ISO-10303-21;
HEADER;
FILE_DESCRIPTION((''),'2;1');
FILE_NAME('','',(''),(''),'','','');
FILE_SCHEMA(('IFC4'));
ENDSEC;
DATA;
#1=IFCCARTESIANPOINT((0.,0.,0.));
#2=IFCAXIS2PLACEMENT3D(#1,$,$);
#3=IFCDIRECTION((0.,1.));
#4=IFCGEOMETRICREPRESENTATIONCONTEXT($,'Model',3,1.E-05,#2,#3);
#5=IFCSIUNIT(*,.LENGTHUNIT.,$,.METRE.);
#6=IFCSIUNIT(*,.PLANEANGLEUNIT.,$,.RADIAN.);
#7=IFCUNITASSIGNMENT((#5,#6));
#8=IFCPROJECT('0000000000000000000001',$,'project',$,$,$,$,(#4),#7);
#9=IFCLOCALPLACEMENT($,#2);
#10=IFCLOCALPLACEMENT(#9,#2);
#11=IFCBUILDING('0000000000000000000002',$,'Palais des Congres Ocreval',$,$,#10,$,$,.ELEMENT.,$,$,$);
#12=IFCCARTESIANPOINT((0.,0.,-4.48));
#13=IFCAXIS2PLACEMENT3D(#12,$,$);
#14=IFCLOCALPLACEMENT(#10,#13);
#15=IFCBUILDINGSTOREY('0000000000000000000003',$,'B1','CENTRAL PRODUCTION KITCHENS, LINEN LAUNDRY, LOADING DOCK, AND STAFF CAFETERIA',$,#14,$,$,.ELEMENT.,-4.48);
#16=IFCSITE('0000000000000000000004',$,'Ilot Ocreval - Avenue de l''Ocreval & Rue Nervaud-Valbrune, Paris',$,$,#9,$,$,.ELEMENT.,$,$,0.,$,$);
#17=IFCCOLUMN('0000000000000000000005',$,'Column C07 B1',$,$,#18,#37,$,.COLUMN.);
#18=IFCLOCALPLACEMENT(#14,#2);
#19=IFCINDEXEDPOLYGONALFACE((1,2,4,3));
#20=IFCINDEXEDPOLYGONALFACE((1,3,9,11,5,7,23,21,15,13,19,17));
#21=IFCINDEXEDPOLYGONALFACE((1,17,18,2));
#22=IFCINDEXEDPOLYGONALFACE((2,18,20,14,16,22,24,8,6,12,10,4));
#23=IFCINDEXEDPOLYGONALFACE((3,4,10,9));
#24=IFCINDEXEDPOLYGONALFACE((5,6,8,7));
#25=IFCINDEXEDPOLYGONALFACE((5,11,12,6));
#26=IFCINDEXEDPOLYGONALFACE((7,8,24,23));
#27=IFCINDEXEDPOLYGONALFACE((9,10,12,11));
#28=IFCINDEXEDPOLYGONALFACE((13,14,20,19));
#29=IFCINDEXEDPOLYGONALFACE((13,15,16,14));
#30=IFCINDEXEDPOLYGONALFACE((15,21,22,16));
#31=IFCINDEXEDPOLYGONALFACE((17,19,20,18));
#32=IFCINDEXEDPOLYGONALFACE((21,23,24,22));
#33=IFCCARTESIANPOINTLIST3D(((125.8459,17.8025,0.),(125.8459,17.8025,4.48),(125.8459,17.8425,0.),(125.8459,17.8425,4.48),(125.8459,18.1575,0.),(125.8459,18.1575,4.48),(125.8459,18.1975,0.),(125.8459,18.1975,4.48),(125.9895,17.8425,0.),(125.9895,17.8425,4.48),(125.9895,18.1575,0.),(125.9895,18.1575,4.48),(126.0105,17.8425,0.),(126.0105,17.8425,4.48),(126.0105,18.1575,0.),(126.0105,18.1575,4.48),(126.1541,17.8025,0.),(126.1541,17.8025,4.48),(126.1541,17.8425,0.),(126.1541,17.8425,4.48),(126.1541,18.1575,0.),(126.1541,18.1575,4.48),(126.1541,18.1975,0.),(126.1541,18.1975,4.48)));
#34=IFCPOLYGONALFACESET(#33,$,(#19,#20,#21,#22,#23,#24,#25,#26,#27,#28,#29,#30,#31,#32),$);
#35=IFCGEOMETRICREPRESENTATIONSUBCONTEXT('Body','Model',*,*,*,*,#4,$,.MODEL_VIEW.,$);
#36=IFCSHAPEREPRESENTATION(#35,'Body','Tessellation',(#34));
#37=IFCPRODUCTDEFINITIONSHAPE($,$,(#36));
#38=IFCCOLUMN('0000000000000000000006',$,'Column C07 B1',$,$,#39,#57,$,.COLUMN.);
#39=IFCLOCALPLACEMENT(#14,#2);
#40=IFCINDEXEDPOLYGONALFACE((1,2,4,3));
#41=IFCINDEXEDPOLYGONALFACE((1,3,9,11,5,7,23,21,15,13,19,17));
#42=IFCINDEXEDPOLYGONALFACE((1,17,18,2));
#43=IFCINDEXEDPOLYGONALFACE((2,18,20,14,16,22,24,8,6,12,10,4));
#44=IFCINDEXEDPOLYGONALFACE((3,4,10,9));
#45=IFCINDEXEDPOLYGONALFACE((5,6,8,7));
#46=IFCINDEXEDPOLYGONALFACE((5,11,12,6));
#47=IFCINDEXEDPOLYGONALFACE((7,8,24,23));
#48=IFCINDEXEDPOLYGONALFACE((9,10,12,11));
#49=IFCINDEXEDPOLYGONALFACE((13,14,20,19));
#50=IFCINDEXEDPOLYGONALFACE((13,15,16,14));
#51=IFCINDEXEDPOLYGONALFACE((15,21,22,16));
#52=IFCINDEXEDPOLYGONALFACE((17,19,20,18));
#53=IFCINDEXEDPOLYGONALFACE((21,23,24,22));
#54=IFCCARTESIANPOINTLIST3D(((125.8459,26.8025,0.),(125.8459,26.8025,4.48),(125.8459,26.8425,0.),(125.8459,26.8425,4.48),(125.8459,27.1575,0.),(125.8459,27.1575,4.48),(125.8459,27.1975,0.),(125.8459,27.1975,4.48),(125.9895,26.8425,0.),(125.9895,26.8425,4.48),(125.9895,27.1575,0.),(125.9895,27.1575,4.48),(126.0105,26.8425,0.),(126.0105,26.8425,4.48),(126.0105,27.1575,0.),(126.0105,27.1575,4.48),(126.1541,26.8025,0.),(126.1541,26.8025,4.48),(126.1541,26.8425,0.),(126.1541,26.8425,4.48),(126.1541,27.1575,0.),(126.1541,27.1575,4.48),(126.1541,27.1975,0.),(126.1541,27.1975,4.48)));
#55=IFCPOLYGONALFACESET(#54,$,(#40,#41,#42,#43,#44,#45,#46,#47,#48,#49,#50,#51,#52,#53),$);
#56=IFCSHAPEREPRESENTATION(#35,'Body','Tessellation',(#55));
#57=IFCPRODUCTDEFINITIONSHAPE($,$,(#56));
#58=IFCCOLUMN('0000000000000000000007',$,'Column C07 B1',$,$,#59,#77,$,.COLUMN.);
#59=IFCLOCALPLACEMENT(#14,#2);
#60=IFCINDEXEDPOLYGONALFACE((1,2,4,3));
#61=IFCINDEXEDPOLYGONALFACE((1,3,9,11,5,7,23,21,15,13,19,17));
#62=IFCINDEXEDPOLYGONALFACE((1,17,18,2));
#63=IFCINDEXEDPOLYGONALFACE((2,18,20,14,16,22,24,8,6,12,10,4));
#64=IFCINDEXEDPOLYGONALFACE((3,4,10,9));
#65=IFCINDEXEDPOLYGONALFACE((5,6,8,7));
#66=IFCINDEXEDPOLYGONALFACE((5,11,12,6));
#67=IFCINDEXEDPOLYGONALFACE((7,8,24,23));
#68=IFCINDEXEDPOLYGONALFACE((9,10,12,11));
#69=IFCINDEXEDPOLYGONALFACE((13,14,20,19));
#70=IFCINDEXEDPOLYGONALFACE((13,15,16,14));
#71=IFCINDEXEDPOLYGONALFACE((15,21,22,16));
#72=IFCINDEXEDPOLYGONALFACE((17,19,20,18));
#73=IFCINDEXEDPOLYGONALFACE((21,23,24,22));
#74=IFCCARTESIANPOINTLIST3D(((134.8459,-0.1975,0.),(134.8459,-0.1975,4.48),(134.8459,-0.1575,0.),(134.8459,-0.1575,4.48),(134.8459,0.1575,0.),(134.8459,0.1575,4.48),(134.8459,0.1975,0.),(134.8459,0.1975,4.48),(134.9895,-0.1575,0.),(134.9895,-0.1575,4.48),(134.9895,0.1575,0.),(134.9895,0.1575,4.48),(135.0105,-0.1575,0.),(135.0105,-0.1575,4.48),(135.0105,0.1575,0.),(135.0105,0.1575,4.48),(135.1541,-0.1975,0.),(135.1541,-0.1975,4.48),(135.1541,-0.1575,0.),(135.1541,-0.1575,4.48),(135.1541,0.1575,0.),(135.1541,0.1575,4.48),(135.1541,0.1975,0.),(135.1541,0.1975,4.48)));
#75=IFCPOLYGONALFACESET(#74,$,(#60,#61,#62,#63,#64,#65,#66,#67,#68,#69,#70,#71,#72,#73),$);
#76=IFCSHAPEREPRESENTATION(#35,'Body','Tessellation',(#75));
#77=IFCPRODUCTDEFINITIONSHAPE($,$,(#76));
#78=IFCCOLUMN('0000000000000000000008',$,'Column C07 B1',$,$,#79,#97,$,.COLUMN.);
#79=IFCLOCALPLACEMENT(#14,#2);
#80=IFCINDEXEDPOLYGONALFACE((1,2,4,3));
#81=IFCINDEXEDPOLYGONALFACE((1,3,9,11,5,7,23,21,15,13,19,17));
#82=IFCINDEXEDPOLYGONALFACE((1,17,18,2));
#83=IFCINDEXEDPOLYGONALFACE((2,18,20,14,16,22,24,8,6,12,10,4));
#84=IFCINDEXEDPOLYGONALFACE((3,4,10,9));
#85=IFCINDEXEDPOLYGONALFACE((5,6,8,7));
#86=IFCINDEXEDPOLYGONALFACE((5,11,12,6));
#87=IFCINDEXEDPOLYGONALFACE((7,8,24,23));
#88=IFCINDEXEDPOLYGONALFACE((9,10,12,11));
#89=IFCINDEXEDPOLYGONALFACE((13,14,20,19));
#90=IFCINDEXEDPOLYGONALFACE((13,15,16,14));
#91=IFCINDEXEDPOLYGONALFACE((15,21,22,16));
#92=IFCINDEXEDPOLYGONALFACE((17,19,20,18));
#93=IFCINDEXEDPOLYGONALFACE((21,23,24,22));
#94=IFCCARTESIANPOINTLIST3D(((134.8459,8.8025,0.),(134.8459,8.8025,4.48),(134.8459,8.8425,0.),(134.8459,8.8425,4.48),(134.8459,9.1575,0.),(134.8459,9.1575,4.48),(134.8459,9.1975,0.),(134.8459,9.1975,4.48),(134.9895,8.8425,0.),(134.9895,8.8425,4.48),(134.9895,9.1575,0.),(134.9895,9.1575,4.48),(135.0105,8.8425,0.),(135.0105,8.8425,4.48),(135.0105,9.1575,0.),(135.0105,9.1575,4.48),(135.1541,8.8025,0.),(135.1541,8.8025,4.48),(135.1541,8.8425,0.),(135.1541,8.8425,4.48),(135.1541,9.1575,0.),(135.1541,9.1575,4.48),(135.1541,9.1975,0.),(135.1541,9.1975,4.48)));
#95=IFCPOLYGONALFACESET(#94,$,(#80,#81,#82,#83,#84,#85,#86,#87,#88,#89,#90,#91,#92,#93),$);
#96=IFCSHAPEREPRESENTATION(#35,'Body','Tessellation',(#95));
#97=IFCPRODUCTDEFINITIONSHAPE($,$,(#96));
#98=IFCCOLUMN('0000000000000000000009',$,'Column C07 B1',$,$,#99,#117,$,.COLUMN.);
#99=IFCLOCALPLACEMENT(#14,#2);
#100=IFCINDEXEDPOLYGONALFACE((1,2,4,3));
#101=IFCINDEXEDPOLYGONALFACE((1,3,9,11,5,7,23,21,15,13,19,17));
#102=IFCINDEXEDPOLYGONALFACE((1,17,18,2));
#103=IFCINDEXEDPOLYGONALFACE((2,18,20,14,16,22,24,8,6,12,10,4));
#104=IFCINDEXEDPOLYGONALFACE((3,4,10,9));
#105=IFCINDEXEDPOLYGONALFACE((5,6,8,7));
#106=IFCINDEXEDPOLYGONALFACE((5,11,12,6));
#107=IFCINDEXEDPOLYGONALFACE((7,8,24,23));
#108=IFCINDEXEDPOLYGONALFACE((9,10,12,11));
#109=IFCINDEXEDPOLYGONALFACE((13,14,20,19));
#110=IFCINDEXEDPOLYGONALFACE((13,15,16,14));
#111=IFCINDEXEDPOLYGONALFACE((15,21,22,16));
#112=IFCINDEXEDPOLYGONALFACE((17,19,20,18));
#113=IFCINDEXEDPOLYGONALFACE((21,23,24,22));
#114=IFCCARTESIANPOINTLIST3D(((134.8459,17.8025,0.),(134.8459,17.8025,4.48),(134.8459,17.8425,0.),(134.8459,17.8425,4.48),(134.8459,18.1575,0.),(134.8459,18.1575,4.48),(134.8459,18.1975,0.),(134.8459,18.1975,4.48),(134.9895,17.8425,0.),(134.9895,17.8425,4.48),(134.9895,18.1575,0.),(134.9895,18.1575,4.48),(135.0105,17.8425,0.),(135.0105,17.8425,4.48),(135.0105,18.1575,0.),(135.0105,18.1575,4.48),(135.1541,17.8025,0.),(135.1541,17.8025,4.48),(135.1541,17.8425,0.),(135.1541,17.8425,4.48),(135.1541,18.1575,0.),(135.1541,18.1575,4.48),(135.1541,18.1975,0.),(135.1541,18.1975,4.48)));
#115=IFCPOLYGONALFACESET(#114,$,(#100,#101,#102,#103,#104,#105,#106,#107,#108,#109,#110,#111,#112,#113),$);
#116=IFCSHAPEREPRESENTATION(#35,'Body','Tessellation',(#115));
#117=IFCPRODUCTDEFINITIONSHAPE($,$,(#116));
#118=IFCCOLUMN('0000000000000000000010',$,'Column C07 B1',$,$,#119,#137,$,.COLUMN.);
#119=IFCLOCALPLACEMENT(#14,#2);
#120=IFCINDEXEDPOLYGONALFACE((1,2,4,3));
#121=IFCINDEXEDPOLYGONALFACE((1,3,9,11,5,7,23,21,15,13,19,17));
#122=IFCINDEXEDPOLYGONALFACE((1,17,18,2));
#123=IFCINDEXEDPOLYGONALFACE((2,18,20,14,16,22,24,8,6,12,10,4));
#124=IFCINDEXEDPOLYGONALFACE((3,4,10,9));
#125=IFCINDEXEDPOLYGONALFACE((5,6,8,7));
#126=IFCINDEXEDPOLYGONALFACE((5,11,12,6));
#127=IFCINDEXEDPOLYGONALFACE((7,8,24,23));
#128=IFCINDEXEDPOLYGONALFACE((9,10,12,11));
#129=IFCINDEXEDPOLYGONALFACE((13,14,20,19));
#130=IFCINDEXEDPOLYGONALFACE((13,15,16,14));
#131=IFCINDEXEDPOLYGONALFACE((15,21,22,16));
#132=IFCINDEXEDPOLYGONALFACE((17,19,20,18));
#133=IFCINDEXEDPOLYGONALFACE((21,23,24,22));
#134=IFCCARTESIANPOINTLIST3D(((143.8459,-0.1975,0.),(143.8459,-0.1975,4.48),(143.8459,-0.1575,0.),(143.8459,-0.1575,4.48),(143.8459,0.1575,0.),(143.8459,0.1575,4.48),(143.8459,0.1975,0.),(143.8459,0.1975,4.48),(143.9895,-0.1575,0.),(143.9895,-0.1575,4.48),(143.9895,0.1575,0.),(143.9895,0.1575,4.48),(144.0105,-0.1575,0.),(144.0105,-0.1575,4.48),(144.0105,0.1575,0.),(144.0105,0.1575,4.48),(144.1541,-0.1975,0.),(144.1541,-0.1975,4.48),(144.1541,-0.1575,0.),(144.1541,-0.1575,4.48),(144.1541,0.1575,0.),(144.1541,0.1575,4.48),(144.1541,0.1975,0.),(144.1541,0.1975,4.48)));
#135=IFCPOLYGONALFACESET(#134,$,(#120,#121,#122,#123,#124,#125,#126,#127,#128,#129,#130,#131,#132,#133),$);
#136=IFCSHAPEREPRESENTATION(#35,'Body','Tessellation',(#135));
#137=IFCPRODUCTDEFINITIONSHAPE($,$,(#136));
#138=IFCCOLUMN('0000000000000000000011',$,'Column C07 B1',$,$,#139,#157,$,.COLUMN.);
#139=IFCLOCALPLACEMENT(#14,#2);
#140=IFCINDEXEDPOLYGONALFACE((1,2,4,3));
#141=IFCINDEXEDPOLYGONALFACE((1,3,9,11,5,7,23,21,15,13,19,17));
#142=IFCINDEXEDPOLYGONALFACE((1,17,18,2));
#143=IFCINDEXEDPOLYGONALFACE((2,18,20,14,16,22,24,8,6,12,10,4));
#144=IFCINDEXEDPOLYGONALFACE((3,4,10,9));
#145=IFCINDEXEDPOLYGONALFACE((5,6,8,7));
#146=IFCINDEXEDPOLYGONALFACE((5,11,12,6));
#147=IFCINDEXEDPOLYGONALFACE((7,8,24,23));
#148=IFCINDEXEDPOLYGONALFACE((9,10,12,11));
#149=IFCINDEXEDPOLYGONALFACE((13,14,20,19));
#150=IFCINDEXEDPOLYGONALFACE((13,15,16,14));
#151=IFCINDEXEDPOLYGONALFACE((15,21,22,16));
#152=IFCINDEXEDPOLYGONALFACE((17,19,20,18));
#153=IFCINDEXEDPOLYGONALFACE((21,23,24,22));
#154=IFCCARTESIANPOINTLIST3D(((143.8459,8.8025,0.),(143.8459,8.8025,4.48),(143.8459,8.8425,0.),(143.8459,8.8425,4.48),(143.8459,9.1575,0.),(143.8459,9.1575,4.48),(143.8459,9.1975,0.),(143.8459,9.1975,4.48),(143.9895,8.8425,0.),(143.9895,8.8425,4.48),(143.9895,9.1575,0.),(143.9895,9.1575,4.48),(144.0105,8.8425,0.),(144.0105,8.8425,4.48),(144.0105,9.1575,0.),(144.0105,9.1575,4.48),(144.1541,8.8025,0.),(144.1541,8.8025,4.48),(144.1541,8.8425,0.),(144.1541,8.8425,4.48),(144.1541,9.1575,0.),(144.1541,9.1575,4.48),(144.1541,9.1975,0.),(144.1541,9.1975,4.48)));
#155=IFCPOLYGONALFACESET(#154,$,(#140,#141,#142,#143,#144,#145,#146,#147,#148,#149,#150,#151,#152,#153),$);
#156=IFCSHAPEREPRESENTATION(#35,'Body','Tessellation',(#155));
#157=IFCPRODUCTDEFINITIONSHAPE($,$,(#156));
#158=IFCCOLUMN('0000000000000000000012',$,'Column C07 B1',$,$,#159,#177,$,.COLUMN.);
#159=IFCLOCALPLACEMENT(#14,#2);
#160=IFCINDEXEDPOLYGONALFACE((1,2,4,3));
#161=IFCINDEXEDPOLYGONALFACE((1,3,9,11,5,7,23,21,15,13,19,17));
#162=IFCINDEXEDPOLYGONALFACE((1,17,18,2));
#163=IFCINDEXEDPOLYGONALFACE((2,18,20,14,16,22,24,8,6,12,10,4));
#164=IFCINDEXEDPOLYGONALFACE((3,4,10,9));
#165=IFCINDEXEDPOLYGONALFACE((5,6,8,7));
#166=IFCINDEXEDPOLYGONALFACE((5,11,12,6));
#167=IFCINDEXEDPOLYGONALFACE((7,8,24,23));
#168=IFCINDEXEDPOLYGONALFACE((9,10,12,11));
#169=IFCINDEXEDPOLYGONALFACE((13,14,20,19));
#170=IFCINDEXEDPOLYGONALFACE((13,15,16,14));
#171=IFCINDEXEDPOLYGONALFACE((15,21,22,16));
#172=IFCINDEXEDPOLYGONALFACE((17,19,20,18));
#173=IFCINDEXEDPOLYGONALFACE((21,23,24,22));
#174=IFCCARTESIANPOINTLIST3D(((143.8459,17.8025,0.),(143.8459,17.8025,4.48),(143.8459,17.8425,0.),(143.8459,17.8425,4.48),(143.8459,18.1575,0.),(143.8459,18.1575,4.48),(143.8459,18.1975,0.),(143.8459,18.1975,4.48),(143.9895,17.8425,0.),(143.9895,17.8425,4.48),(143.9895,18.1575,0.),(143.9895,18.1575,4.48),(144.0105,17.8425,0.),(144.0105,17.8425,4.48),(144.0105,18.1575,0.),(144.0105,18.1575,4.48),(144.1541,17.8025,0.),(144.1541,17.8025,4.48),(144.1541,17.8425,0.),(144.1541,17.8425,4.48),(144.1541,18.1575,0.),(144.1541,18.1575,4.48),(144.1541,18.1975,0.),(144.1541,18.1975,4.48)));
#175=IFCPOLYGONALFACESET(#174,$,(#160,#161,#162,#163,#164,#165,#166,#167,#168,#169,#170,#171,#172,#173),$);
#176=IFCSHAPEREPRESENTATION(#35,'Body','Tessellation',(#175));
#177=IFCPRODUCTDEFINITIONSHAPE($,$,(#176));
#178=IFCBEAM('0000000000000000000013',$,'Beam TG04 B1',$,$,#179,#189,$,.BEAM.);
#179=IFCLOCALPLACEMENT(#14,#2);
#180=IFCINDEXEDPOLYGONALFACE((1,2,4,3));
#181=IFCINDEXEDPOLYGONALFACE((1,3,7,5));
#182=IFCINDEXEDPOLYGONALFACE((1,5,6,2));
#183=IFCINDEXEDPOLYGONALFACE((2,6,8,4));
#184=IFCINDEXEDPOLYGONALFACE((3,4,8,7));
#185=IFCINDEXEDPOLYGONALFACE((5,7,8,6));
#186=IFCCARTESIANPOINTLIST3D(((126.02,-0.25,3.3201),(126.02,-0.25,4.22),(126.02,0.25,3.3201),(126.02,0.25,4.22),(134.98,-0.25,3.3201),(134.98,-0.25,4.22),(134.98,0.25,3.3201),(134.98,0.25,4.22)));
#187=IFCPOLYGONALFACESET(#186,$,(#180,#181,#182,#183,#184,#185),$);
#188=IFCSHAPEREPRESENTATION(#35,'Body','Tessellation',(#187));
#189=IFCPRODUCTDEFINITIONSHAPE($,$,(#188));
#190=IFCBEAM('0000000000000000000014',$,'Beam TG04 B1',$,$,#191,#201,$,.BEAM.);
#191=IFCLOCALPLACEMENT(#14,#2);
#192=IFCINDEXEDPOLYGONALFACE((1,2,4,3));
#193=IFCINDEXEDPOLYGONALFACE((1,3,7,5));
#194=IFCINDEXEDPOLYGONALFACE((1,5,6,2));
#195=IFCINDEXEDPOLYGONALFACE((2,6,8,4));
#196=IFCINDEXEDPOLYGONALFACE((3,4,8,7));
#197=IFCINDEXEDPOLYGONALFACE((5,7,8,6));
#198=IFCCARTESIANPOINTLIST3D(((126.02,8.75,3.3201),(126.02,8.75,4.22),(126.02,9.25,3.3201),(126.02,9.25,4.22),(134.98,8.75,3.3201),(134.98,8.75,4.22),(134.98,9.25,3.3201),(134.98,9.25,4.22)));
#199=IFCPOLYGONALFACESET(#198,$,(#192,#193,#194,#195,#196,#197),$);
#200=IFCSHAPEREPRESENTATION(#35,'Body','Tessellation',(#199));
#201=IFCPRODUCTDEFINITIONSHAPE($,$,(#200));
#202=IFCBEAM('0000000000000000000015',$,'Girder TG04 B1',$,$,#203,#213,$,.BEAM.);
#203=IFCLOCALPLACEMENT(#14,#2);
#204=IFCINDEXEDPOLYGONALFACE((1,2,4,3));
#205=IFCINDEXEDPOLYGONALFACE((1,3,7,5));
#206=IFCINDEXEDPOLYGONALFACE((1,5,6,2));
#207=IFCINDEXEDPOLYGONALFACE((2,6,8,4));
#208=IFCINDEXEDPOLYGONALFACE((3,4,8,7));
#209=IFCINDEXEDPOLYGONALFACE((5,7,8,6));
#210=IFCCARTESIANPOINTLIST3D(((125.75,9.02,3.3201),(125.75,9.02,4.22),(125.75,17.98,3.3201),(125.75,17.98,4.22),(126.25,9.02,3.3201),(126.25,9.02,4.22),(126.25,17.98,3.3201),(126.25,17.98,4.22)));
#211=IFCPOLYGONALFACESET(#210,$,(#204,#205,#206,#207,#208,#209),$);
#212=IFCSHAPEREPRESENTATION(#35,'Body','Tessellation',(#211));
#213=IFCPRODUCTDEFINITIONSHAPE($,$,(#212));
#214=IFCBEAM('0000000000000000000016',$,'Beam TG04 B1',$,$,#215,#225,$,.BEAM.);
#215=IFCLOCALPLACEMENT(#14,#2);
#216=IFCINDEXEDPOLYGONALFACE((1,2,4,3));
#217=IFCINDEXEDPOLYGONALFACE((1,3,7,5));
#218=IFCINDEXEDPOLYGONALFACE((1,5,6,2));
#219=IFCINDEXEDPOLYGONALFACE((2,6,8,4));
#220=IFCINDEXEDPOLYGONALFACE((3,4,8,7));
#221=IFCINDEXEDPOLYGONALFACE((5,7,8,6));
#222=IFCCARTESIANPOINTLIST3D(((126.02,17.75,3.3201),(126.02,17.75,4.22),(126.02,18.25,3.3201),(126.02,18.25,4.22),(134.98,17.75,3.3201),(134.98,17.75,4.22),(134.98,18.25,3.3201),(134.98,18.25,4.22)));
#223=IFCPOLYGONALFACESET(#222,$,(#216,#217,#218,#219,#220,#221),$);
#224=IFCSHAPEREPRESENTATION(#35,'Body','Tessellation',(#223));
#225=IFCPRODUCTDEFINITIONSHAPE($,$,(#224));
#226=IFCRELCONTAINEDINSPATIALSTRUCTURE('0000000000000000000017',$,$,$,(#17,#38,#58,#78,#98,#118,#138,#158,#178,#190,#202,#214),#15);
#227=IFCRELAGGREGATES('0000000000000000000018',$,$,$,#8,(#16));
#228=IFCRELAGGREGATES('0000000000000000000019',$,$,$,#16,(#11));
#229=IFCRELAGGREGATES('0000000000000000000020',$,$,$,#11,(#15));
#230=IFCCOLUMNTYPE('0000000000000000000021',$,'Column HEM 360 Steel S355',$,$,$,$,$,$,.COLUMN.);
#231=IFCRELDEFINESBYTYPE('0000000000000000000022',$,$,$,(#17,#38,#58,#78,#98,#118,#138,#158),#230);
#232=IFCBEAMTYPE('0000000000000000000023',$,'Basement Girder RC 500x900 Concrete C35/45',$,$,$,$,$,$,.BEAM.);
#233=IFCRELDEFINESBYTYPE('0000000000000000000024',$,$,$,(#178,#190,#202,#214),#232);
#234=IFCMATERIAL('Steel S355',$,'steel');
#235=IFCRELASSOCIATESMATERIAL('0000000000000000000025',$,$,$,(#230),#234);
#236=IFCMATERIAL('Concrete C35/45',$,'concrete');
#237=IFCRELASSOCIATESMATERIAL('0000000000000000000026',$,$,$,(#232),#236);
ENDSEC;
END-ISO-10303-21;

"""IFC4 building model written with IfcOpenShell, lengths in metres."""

from ifc_helpers import new_model, si_unit, direction, frame, origin, origin_2d, place, context, subcontext, project, spatial, rectangle, i_section, extrude, material, material_profile, profile_set, type_object, element, save


model = new_model("IFC4")

# Units and contexts
model_context = context("Model", 3, precision=1e-05, world=origin(), true_north=direction((0.0, 1.0)))
body_context = subcontext(model_context, "Body", "Model", "MODEL_VIEW")
ifc_project = project(units=[si_unit("LENGTHUNIT", "METRE"), si_unit("PLANEANGLEUNIT", "RADIAN")], contexts=[model_context])

# Site, building, storey
site_placement = place(None, origin())
site = spatial("IfcSite", under=ifc_project, at=site_placement, Name="Ilot Ocreval - Avenue de l'Ocreval & Rue Nervaud-Valbrune, Paris", CompositionType="ELEMENT", RefElevation=0.0)
building_placement = place(site_placement, origin())
building = spatial("IfcBuilding", under=site, at=building_placement, Name="Palais des Congres Ocreval", CompositionType="ELEMENT")
storey_placement = place(building_placement, frame((0.0, 0.0, -4.48)))
storey = spatial("IfcBuildingStorey", under=building, at=storey_placement, Name="B1", Description="CENTRAL PRODUCTION KITCHENS, LINEN LAUNDRY, LOADING DOCK, AND STAFF CAFETERIA", CompositionType="ELEMENT", Elevation=-4.48)

# Columns
ifc_material_1 = material(Name="Steel S355", Category="steel")
ifc_material_profile_1 = material_profile(ifc_material_1, i_section(OverallWidth=0.3081, OverallDepth=0.395, WebThickness=0.021, FlangeThickness=0.04, at=origin_2d()), Name="HEM 360")
ifc_profile_set_1 = profile_set([ifc_material_profile_1], Name="Steel S355")
column_type = type_object("IfcColumnType", Name="Column HEM 360 Steel S355", PredefinedType="COLUMN", material=ifc_profile_set_1)
for number, where, z_axis, x_axis, name in (
    (1, (126.0, 18.0, 0.0), (0.0, 0.0, 1.0), (1.0, 0.0, 0.0), "Column C07 B1"),
    (2, (126.0, 27.0, 0.0), (0.0, 0.0, 1.0), (1.0, 0.0, 0.0), "Column C07 B1"),
    (3, (135.0, 0.0, 0.0), (0.0, 0.0, 1.0), (1.0, 0.0, 0.0), "Column C07 B1"),
    (4, (135.0, 9.0, 0.0), (0.0, 0.0, 1.0), (1.0, 0.0, 0.0), "Column C07 B1"),
    (5, (135.0, 18.0, 0.0), (0.0, 0.0, 1.0), (1.0, 0.0, 0.0), "Column C07 B1"),
    (6, (144.0, 0.0, 0.0), (0.0, 0.0, 1.0), (1.0, 0.0, 0.0), "Column C07 B1"),
    (7, (144.0, 9.0, 0.0), (0.0, 0.0, 1.0), (1.0, 0.0, 0.0), "Column C07 B1"),
    (8, (144.0, 18.0, 0.0), (0.0, 0.0, 1.0), (1.0, 0.0, 0.0), "Column C07 B1"),
):
    element("IfcColumn", number, at=place(storey_placement, frame(where, z_axis=z_axis, x_axis=x_axis)), inside=storey, type_object=column_type, Name=name, PredefinedType="COLUMN", context=body_context, shape_type="SweptSolid", body=[
        extrude(i_section(OverallWidth=0.3081, OverallDepth=0.395, WebThickness=0.021, FlangeThickness=0.04, at=origin_2d()), origin(), (0.0, 0.0, 1.0), 4.48),
    ])

# Beams
ifc_material_2 = material(Name="Concrete C35/45", Category="concrete")
ifc_material_profile_2 = material_profile(ifc_material_2, rectangle(XDim=0.5, YDim=0.8999, at=origin_2d()), Name="RC 500x900")
ifc_profile_set_2 = profile_set([ifc_material_profile_2], Name="Concrete C35/45")
beam_type = type_object("IfcBeamType", Name="Basement Girder RC 500x900 Concrete C35/45", PredefinedType="BEAM", material=ifc_profile_set_2)
for number, where, z_axis, x_axis, name in (
    (9, (126.02, 0.0, 3.77), (1.0, 0.0, 0.0), (0.0, 1.0, 0.0), "Beam TG04 B1"),
    (10, (126.02, 9.0, 3.77), (1.0, 0.0, 0.0), (0.0, 1.0, 0.0), "Beam TG04 B1"),
    (11, (126.0, 9.02, 3.77), (0.0, 1.0, 0.0), (-1.0, 0.0, 0.0), "Girder TG04 B1"),
    (12, (126.02, 18.0, 3.77), (1.0, 0.0, 0.0), (0.0, 1.0, 0.0), "Beam TG04 B1"),
):
    element("IfcBeam", number, at=place(storey_placement, frame(where, z_axis=z_axis, x_axis=x_axis)), inside=storey, type_object=beam_type, Name=name, PredefinedType="BEAM", context=body_context, shape_type="SweptSolid", body=[
        extrude(rectangle(XDim=0.5, YDim=0.8999, at=origin_2d()), origin(), (0.0, 0.0, 1.0), 8.96),
    ])

save(model, "model.ifc")
